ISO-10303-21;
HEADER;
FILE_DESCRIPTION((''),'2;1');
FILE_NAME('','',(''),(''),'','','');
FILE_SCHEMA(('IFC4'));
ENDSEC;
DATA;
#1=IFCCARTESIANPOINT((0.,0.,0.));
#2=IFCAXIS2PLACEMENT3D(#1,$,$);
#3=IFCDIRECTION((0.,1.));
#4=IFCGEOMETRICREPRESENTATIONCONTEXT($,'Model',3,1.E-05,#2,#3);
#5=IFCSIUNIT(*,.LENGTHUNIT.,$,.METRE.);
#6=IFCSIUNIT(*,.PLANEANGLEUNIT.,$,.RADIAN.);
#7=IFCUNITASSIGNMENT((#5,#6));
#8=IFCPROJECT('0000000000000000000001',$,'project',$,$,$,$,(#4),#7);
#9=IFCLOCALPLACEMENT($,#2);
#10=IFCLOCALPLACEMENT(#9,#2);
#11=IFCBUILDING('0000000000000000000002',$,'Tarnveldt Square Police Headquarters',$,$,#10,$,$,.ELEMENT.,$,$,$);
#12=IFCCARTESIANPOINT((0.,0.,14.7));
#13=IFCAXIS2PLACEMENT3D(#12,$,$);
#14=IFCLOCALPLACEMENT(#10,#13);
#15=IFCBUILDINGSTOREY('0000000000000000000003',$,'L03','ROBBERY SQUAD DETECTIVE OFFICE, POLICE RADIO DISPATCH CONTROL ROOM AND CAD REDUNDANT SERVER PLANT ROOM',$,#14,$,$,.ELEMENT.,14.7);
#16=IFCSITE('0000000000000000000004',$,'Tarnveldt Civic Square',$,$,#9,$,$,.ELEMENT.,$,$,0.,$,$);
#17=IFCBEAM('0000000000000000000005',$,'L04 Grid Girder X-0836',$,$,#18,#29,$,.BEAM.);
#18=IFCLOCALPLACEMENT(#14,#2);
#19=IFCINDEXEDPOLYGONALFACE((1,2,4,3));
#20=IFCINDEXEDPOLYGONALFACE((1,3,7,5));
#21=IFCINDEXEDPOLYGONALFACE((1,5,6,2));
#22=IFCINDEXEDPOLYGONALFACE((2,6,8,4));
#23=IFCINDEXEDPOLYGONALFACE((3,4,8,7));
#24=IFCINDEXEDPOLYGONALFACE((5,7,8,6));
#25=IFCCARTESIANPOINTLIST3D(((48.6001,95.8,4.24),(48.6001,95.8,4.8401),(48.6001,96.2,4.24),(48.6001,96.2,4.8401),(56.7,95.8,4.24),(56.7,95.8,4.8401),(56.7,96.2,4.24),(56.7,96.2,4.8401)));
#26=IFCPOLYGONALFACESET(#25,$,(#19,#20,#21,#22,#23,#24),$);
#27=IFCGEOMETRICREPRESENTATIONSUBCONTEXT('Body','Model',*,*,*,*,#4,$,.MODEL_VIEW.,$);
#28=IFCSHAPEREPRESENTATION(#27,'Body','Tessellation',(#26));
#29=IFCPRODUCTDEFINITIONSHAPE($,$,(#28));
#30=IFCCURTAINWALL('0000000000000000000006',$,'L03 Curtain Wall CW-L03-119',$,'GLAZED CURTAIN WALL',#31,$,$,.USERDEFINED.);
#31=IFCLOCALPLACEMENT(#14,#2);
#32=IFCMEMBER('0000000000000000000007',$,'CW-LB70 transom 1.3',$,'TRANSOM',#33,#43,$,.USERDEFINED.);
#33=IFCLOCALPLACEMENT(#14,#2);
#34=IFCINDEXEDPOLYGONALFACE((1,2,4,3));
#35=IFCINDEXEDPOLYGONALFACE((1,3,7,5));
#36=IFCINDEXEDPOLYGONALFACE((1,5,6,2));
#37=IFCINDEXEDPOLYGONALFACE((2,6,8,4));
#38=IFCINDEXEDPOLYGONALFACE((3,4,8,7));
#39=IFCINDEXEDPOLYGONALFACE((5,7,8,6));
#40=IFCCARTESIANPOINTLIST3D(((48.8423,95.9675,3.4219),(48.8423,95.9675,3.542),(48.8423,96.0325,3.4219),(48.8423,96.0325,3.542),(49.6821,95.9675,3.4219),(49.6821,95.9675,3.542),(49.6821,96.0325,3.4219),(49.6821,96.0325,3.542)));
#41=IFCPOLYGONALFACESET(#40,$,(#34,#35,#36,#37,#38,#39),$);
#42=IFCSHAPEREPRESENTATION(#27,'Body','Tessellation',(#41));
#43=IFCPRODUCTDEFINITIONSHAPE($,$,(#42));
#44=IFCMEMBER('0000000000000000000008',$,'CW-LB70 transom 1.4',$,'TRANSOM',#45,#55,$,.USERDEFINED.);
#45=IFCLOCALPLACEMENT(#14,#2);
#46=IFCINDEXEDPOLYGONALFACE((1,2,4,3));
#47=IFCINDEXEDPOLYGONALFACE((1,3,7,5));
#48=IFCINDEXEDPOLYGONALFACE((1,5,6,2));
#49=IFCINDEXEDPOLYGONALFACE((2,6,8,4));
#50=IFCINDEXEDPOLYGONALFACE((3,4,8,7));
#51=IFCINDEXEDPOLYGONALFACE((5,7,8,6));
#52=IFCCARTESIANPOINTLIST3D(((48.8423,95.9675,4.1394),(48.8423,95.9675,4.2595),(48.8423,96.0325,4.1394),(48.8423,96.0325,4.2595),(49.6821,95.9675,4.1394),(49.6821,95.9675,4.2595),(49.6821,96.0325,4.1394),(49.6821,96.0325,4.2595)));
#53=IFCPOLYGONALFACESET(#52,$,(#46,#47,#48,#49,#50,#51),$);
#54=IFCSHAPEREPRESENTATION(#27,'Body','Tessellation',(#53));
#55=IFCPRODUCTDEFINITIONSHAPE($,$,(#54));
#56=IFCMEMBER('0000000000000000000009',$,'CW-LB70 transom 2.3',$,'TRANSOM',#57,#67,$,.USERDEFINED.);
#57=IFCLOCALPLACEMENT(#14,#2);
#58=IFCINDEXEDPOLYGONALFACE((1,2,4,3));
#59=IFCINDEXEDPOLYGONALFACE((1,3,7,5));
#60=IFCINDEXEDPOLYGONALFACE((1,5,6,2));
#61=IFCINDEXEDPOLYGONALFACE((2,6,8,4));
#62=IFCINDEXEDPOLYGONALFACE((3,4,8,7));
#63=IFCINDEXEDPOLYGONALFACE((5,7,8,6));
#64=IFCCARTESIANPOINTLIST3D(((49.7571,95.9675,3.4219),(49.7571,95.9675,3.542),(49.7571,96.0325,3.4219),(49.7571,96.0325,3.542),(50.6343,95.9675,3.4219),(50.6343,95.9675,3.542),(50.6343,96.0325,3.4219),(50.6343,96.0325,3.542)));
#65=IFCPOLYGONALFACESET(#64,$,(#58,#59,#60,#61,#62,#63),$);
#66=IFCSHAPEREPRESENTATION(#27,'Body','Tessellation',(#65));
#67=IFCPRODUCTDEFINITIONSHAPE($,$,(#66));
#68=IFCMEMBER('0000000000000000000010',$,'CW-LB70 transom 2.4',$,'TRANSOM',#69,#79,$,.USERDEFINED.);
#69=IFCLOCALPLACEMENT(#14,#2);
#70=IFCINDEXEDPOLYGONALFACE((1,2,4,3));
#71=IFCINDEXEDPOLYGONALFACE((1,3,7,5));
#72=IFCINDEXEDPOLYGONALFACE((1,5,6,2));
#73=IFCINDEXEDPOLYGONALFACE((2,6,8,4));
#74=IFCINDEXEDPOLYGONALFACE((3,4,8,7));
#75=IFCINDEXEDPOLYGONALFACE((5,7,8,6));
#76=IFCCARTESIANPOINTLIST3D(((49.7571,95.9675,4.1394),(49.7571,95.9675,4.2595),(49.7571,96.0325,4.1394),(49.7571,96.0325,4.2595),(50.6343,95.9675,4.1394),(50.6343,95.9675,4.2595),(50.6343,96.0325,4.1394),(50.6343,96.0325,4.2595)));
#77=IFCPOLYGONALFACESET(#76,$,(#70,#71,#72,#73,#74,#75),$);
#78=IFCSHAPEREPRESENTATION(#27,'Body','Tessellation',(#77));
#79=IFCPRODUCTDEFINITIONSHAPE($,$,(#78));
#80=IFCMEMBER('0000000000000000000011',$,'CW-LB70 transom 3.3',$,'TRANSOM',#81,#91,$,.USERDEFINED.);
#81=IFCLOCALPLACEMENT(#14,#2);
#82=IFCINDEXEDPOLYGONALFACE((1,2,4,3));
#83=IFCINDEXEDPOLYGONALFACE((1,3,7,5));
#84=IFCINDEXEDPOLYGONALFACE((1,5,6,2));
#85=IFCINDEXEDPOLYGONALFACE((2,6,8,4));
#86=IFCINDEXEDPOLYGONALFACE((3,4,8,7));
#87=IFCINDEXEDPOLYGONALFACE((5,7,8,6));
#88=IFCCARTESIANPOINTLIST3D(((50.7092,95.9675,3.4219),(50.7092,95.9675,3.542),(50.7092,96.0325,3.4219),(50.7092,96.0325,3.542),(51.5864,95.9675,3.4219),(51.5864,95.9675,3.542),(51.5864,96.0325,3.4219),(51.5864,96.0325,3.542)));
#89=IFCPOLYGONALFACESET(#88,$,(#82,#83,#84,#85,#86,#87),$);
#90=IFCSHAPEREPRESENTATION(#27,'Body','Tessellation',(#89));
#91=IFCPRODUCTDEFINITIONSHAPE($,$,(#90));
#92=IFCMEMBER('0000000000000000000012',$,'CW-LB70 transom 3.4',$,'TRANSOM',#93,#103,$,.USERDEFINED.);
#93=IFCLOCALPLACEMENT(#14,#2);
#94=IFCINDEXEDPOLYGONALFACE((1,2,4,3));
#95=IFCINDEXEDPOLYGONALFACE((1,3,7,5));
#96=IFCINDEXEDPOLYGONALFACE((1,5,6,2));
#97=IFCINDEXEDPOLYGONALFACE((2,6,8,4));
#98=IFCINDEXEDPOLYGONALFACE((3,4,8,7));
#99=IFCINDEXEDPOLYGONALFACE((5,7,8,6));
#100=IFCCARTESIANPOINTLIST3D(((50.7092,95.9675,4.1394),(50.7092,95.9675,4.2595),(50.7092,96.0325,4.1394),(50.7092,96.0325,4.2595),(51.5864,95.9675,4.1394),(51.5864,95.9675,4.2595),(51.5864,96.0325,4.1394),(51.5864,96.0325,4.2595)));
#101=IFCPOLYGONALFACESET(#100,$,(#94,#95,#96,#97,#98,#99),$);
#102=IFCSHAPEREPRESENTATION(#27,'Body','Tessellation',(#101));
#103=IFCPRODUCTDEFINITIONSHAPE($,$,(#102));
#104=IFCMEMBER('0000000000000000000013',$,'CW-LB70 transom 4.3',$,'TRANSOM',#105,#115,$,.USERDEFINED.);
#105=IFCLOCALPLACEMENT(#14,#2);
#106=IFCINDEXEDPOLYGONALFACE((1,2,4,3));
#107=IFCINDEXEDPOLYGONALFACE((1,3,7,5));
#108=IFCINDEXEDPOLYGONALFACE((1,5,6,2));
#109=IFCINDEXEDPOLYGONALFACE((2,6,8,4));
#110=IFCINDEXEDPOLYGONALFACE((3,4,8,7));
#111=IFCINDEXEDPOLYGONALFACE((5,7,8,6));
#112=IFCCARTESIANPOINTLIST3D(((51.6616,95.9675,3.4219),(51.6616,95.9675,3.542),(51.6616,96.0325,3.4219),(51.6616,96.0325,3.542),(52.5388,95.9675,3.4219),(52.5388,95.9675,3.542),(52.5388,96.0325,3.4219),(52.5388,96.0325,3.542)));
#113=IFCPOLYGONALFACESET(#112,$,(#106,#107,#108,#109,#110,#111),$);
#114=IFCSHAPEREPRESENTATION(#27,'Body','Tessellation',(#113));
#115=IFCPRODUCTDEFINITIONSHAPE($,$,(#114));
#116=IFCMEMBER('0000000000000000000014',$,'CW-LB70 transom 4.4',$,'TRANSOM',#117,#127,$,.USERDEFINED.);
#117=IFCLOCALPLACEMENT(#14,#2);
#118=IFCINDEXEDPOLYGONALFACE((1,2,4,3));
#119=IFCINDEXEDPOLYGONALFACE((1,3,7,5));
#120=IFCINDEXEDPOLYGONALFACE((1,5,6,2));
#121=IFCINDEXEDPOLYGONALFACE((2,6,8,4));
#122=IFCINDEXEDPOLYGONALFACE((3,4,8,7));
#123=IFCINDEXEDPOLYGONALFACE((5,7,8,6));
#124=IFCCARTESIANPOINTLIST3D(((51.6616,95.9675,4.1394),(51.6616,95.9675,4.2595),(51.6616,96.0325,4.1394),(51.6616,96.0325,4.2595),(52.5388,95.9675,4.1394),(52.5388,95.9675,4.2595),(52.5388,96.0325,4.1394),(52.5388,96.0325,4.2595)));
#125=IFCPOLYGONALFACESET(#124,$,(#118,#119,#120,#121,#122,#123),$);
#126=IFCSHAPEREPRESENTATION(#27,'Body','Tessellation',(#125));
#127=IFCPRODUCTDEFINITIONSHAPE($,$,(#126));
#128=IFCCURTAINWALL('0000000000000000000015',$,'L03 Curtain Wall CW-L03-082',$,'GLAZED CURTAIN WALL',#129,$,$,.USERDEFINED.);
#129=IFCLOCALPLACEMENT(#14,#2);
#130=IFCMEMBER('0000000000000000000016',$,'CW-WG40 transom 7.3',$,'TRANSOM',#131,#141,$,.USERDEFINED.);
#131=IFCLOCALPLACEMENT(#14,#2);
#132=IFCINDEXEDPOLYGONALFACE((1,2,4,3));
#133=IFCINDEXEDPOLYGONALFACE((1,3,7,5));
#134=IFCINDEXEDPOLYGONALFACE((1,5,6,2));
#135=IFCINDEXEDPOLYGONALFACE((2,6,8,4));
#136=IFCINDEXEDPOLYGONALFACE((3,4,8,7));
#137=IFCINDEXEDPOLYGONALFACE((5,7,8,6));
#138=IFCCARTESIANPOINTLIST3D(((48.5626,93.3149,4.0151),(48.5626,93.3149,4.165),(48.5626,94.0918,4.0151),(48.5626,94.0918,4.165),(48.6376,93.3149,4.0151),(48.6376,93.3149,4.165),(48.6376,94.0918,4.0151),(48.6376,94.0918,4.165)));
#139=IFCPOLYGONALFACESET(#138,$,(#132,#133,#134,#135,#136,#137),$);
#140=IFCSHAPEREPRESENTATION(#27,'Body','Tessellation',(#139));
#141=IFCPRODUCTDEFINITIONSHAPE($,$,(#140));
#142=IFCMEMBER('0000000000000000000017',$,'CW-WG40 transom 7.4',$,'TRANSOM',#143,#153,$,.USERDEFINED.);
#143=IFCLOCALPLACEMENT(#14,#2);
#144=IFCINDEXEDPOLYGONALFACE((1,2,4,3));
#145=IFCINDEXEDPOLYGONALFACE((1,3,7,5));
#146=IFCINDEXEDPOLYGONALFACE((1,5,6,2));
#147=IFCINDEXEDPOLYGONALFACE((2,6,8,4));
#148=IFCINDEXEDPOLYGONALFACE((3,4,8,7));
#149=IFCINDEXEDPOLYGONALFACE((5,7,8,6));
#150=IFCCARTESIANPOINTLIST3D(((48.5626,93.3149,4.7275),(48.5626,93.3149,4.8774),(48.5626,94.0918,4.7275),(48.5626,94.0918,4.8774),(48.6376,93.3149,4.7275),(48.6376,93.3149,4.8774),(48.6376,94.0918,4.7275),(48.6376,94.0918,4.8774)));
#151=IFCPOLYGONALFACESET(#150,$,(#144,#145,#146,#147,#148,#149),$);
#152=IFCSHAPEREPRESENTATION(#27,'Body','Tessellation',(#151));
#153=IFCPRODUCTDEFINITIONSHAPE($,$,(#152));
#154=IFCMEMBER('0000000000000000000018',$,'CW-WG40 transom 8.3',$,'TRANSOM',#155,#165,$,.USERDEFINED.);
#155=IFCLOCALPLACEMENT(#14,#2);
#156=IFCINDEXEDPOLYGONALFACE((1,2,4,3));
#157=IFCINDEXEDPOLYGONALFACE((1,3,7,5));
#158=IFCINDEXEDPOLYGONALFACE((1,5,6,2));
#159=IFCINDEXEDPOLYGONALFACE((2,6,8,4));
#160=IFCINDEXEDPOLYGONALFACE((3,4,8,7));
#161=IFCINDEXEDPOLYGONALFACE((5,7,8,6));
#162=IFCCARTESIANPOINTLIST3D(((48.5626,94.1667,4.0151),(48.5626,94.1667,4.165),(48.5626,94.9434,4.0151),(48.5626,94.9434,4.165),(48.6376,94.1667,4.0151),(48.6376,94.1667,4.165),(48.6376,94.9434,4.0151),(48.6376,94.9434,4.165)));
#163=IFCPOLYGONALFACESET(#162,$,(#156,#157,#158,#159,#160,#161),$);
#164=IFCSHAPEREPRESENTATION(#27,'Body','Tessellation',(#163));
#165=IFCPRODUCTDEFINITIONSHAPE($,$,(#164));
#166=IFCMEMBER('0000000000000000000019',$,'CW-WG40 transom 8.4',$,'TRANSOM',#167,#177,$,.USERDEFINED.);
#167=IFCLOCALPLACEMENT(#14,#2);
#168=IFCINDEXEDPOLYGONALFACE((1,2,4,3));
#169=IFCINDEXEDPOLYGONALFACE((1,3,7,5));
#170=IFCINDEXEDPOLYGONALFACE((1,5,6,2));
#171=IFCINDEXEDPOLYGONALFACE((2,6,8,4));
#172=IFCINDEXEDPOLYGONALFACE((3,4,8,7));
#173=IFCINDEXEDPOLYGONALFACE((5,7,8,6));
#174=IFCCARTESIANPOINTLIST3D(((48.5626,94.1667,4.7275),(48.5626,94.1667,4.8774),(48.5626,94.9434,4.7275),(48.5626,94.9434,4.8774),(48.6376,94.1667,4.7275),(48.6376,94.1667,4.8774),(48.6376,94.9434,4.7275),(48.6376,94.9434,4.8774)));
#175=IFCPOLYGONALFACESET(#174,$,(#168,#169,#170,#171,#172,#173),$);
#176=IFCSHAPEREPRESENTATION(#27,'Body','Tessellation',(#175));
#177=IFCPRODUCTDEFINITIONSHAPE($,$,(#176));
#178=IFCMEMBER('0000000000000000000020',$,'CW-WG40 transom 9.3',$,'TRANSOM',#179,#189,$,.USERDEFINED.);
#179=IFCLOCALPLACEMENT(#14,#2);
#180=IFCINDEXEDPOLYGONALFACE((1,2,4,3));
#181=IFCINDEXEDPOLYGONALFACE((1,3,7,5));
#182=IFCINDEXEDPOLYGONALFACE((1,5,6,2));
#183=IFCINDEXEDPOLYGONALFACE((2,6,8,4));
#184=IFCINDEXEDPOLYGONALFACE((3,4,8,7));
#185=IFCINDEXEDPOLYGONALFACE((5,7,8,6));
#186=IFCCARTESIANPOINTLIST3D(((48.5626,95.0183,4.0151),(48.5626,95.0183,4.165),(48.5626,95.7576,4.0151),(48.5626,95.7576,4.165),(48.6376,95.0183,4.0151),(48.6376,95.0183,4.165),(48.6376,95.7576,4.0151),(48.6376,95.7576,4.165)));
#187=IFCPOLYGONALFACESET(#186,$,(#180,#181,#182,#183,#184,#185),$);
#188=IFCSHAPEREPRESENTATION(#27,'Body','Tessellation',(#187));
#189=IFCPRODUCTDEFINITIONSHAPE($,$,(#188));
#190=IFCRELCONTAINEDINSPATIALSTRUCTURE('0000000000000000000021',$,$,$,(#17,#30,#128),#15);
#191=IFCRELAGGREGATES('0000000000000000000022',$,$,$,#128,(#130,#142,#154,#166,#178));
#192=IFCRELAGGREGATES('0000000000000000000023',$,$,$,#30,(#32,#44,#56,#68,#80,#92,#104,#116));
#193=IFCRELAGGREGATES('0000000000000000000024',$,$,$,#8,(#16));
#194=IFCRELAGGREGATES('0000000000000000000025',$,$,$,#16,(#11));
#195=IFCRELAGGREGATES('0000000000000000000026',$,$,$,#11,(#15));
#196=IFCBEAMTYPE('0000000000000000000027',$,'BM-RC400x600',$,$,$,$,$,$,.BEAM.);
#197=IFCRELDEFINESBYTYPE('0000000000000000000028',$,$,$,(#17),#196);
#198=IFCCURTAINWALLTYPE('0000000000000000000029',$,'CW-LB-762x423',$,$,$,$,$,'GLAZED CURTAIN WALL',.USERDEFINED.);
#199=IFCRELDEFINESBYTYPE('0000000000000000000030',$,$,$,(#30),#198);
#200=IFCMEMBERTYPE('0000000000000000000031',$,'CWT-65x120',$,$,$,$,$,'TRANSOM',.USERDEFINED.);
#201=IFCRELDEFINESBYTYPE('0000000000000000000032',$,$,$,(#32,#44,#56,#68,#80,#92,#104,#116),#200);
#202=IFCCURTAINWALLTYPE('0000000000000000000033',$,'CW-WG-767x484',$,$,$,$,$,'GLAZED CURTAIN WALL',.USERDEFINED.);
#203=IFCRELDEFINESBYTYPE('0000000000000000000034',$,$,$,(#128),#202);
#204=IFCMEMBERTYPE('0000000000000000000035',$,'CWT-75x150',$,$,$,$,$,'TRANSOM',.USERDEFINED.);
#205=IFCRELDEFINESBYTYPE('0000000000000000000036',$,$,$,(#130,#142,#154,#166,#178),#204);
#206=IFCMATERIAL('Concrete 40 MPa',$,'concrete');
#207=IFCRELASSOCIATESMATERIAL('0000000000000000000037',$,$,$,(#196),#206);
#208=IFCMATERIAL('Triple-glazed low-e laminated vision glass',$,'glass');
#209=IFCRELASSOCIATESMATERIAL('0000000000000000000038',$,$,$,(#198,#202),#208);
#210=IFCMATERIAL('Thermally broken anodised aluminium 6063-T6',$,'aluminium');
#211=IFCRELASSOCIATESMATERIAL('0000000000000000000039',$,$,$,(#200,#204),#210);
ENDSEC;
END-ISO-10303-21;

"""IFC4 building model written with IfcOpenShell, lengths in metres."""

from ifc_helpers import new_model, si_unit, direction, frame, origin, origin_2d, place, context, subcontext, project, spatial, rectangle, extrude, material, material_profile, profile_set, type_object, element, aggregate, save


model = new_model("IFC4")

# Units and contexts
model_context = context("Model", 3, precision=1e-05, world=origin(), true_north=direction((0.0, 1.0)))
body_context = subcontext(model_context, "Body", "Model", "MODEL_VIEW")
ifc_project = project(units=[si_unit("LENGTHUNIT", "METRE"), si_unit("PLANEANGLEUNIT", "RADIAN")], contexts=[model_context])

# Site, building, storey
site_placement = place(None, origin())
site = spatial("IfcSite", under=ifc_project, at=site_placement, Name="Tarnveldt Civic Square", CompositionType="ELEMENT", RefElevation=0.0)
building_placement = place(site_placement, origin())
building = spatial("IfcBuilding", under=site, at=building_placement, Name="Tarnveldt Square Police Headquarters", CompositionType="ELEMENT")
storey_placement = place(building_placement, frame((0.0, 0.0, 14.7)))
storey = spatial("IfcBuildingStorey", under=building, at=storey_placement, Name="L03", Description="ROBBERY SQUAD DETECTIVE OFFICE, POLICE RADIO DISPATCH CONTROL ROOM AND CAD REDUNDANT SERVER PLANT ROOM", CompositionType="ELEMENT", Elevation=14.7)

# Beam
ifc_material_1 = material(Name="Concrete 40 MPa", Category="concrete")
ifc_material_profile_1 = material_profile(ifc_material_1, rectangle(XDim=0.3999, YDim=0.6001, at=origin_2d()), Name="RC-B400x600")
ifc_profile_set_1 = profile_set([ifc_material_profile_1], Name="Concrete 40 MPa")
beam_type = type_object("IfcBeamType", Name="BM-RC400x600", PredefinedType="BEAM", material=ifc_profile_set_1)
beam_placement = place(storey_placement, frame((48.6001, 96.0, 4.54), z_axis=(1.0, 0.0, 0.0), x_axis=(0.0, 1.0, 0.0)))
element("IfcBeam", 1, at=beam_placement, inside=storey, type_object=beam_type, Name="L04 Grid Girder X-0836", PredefinedType="BEAM", context=body_context, shape_type="SweptSolid", body=[
    extrude(rectangle(XDim=0.3999, YDim=0.6001, at=origin_2d()), origin(), (0.0, 0.0, 1.0), 8.0999),
])

# Curtain wall, members
ifc_material_2 = material(Name="Triple-glazed low-e laminated vision glass", Category="glass")
curtain_wall_type_1 = type_object("IfcCurtainWallType", Name="CW-LB-762x423", ElementType="GLAZED CURTAIN WALL", PredefinedType="USERDEFINED", material=ifc_material_2)
curtain_wall_1_placement = place(storey_placement, origin())
curtain_wall_1 = element("IfcCurtainWall", 2, at=curtain_wall_1_placement, inside=storey, type_object=curtain_wall_type_1, Name="L03 Curtain Wall CW-L03-119", ObjectType="GLAZED CURTAIN WALL", PredefinedType="USERDEFINED")
ifc_material_3 = material(Name="Thermally broken anodised aluminium 6063-T6", Category="aluminium")
ifc_material_profile_2 = material_profile(ifc_material_3, rectangle(XDim=0.0649, YDim=0.1201, at=origin_2d()), Name="CW-T65x120")
ifc_profile_set_2 = profile_set([ifc_material_profile_2], Name="Thermally broken anodised aluminium 6063-T6")
member_type_1 = type_object("IfcMemberType", Name="CWT-65x120", ElementType="TRANSOM", PredefinedType="USERDEFINED", material=ifc_profile_set_2)
member_1_placement = place(storey_placement, frame((48.8423, 96.0, 3.4819), z_axis=(1.0, 0.0, 0.0), x_axis=(0.0, 1.0, 0.0)))
member_1 = element("IfcMember", 3, at=member_1_placement, type_object=member_type_1, Name="CW-LB70 transom 1.3", ObjectType="TRANSOM", PredefinedType="USERDEFINED", context=body_context, shape_type="SweptSolid", body=[
    extrude(rectangle(XDim=0.0649, YDim=0.1201, at=origin_2d()), origin(), (0.0, 0.0, 1.0), 0.8398),
])
member_2_placement = place(storey_placement, frame((48.8423, 96.0, 4.1995), z_axis=(1.0, 0.0, 0.0), x_axis=(0.0, 1.0, 0.0)))
member_2 = element("IfcMember", 4, at=member_2_placement, type_object=member_type_1, Name="CW-LB70 transom 1.4", ObjectType="TRANSOM", PredefinedType="USERDEFINED", context=body_context, shape_type="SweptSolid", body=[
    extrude(rectangle(XDim=0.0649, YDim=0.1201, at=origin_2d()), origin(), (0.0, 0.0, 1.0), 0.8398),
])
member_3_placement = place(storey_placement, frame((49.7571, 96.0, 3.4819), z_axis=(1.0, 0.0, 0.0), x_axis=(0.0, 1.0, 0.0)))
member_3 = element("IfcMember", 5, at=member_3_placement, type_object=member_type_1, Name="CW-LB70 transom 2.3", ObjectType="TRANSOM", PredefinedType="USERDEFINED", context=body_context, shape_type="SweptSolid", body=[
    extrude(rectangle(XDim=0.0649, YDim=0.1201, at=origin_2d()), origin(), (0.0, 0.0, 1.0), 0.8772),
])
member_4_placement = place(storey_placement, frame((49.7571, 96.0, 4.1995), z_axis=(1.0, 0.0, 0.0), x_axis=(0.0, 1.0, 0.0)))
member_4 = element("IfcMember", 6, at=member_4_placement, type_object=member_type_1, Name="CW-LB70 transom 2.4", ObjectType="TRANSOM", PredefinedType="USERDEFINED", context=body_context, shape_type="SweptSolid", body=[
    extrude(rectangle(XDim=0.0649, YDim=0.1201, at=origin_2d()), origin(), (0.0, 0.0, 1.0), 0.8772),
])
member_5_placement = place(storey_placement, frame((50.7092, 96.0, 3.4819), z_axis=(1.0, 0.0, 0.0), x_axis=(0.0, 1.0, 0.0)))
member_5 = element("IfcMember", 7, at=member_5_placement, type_object=member_type_1, Name="CW-LB70 transom 3.3", ObjectType="TRANSOM", PredefinedType="USERDEFINED", context=body_context, shape_type="SweptSolid", body=[
    extrude(rectangle(XDim=0.0649, YDim=0.1201, at=origin_2d()), origin(), (0.0, 0.0, 1.0), 0.8772),
])
member_6_placement = place(storey_placement, frame((50.7092, 96.0, 4.1995), z_axis=(1.0, 0.0, 0.0), x_axis=(0.0, 1.0, 0.0)))
member_6 = element("IfcMember", 8, at=member_6_placement, type_object=member_type_1, Name="CW-LB70 transom 3.4", ObjectType="TRANSOM", PredefinedType="USERDEFINED", context=body_context, shape_type="SweptSolid", body=[
    extrude(rectangle(XDim=0.0649, YDim=0.1201, at=origin_2d()), origin(), (0.0, 0.0, 1.0), 0.8772),
])
member_7_placement = place(storey_placement, frame((51.6616, 96.0, 3.4819), z_axis=(1.0, 0.0, 0.0), x_axis=(0.0, 1.0, 0.0)))
member_7 = element("IfcMember", 9, at=member_7_placement, type_object=member_type_1, Name="CW-LB70 transom 4.3", ObjectType="TRANSOM", PredefinedType="USERDEFINED", context=body_context, shape_type="SweptSolid", body=[
    extrude(rectangle(XDim=0.0649, YDim=0.1201, at=origin_2d()), origin(), (0.0, 0.0, 1.0), 0.8772),
])
member_8_placement = place(storey_placement, frame((51.6616, 96.0, 4.1995), z_axis=(1.0, 0.0, 0.0), x_axis=(0.0, 1.0, 0.0)))
member_8 = element("IfcMember", 10, at=member_8_placement, type_object=member_type_1, Name="CW-LB70 transom 4.4", ObjectType="TRANSOM", PredefinedType="USERDEFINED", context=body_context, shape_type="SweptSolid", body=[
    extrude(rectangle(XDim=0.0649, YDim=0.1201, at=origin_2d()), origin(), (0.0, 0.0, 1.0), 0.8772),
])

# Curtain wall, members
curtain_wall_type_2 = type_object("IfcCurtainWallType", Name="CW-WG-767x484", ElementType="GLAZED CURTAIN WALL", PredefinedType="USERDEFINED", material=ifc_material_2)
curtain_wall_2_placement = place(storey_placement, origin())
curtain_wall_2 = element("IfcCurtainWall", 11, at=curtain_wall_2_placement, inside=storey, type_object=curtain_wall_type_2, Name="L03 Curtain Wall CW-L03-082", ObjectType="GLAZED CURTAIN WALL", PredefinedType="USERDEFINED")
ifc_material_profile_3 = material_profile(ifc_material_3, rectangle(XDim=0.075, YDim=0.1499, at=origin_2d()), Name="CW-T75x150")
ifc_profile_set_3 = profile_set([ifc_material_profile_3], Name="Thermally broken anodised aluminium 6063-T6")
member_type_2 = type_object("IfcMemberType", Name="CWT-75x150", ElementType="TRANSOM", PredefinedType="USERDEFINED", material=ifc_profile_set_3)
member_9_placement = place(storey_placement, frame((48.6001, 93.3149, 4.0901), z_axis=(0.0, 1.0, 0.0), x_axis=(-1.0, 0.0, 0.0)))
member_9 = element("IfcMember", 12, at=member_9_placement, type_object=member_type_2, Name="CW-WG40 transom 7.3", ObjectType="TRANSOM", PredefinedType="USERDEFINED", context=body_context, shape_type="SweptSolid", body=[
    extrude(rectangle(XDim=0.075, YDim=0.1499, at=origin_2d()), origin(), (0.0, 0.0, 1.0), 0.7769),
])
member_10_placement = place(storey_placement, frame((48.6001, 93.3149, 4.8025), z_axis=(0.0, 1.0, 0.0), x_axis=(-1.0, 0.0, 0.0)))
member_10 = element("IfcMember", 13, at=member_10_placement, type_object=member_type_2, Name="CW-WG40 transom 7.4", ObjectType="TRANSOM", PredefinedType="USERDEFINED", context=body_context, shape_type="SweptSolid", body=[
    extrude(rectangle(XDim=0.075, YDim=0.1499, at=origin_2d()), origin(), (0.0, 0.0, 1.0), 0.7769),
])
member_11_placement = place(storey_placement, frame((48.6001, 94.1667, 4.0901), z_axis=(0.0, 1.0, 0.0), x_axis=(-1.0, 0.0, 0.0)))
member_11 = element("IfcMember", 14, at=member_11_placement, type_object=member_type_2, Name="CW-WG40 transom 8.3", ObjectType="TRANSOM", PredefinedType="USERDEFINED", context=body_context, shape_type="SweptSolid", body=[
    extrude(rectangle(XDim=0.075, YDim=0.1499, at=origin_2d()), origin(), (0.0, 0.0, 1.0), 0.7766),
])
member_12_placement = place(storey_placement, frame((48.6001, 94.1667, 4.8025), z_axis=(0.0, 1.0, 0.0), x_axis=(-1.0, 0.0, 0.0)))
member_12 = element("IfcMember", 15, at=member_12_placement, type_object=member_type_2, Name="CW-WG40 transom 8.4", ObjectType="TRANSOM", PredefinedType="USERDEFINED", context=body_context, shape_type="SweptSolid", body=[
    extrude(rectangle(XDim=0.075, YDim=0.1499, at=origin_2d()), origin(), (0.0, 0.0, 1.0), 0.7766),
])
member_13_placement = place(storey_placement, frame((48.6001, 95.0183, 4.0901), z_axis=(0.0, 1.0, 0.0), x_axis=(-1.0, 0.0, 0.0)))
member_13 = element("IfcMember", 16, at=member_13_placement, type_object=member_type_2, Name="CW-WG40 transom 9.3", ObjectType="TRANSOM", PredefinedType="USERDEFINED", context=body_context, shape_type="SweptSolid", body=[
    extrude(rectangle(XDim=0.075, YDim=0.1499, at=origin_2d()), origin(), (0.0, 0.0, 1.0), 0.7393),
])
aggregate(curtain_wall_2, [member_9, member_10, member_11, member_12, member_13])

aggregate(curtain_wall_1, [member_1, member_2, member_3, member_4, member_5, member_6, member_7, member_8])

save(model, "model.ifc")
